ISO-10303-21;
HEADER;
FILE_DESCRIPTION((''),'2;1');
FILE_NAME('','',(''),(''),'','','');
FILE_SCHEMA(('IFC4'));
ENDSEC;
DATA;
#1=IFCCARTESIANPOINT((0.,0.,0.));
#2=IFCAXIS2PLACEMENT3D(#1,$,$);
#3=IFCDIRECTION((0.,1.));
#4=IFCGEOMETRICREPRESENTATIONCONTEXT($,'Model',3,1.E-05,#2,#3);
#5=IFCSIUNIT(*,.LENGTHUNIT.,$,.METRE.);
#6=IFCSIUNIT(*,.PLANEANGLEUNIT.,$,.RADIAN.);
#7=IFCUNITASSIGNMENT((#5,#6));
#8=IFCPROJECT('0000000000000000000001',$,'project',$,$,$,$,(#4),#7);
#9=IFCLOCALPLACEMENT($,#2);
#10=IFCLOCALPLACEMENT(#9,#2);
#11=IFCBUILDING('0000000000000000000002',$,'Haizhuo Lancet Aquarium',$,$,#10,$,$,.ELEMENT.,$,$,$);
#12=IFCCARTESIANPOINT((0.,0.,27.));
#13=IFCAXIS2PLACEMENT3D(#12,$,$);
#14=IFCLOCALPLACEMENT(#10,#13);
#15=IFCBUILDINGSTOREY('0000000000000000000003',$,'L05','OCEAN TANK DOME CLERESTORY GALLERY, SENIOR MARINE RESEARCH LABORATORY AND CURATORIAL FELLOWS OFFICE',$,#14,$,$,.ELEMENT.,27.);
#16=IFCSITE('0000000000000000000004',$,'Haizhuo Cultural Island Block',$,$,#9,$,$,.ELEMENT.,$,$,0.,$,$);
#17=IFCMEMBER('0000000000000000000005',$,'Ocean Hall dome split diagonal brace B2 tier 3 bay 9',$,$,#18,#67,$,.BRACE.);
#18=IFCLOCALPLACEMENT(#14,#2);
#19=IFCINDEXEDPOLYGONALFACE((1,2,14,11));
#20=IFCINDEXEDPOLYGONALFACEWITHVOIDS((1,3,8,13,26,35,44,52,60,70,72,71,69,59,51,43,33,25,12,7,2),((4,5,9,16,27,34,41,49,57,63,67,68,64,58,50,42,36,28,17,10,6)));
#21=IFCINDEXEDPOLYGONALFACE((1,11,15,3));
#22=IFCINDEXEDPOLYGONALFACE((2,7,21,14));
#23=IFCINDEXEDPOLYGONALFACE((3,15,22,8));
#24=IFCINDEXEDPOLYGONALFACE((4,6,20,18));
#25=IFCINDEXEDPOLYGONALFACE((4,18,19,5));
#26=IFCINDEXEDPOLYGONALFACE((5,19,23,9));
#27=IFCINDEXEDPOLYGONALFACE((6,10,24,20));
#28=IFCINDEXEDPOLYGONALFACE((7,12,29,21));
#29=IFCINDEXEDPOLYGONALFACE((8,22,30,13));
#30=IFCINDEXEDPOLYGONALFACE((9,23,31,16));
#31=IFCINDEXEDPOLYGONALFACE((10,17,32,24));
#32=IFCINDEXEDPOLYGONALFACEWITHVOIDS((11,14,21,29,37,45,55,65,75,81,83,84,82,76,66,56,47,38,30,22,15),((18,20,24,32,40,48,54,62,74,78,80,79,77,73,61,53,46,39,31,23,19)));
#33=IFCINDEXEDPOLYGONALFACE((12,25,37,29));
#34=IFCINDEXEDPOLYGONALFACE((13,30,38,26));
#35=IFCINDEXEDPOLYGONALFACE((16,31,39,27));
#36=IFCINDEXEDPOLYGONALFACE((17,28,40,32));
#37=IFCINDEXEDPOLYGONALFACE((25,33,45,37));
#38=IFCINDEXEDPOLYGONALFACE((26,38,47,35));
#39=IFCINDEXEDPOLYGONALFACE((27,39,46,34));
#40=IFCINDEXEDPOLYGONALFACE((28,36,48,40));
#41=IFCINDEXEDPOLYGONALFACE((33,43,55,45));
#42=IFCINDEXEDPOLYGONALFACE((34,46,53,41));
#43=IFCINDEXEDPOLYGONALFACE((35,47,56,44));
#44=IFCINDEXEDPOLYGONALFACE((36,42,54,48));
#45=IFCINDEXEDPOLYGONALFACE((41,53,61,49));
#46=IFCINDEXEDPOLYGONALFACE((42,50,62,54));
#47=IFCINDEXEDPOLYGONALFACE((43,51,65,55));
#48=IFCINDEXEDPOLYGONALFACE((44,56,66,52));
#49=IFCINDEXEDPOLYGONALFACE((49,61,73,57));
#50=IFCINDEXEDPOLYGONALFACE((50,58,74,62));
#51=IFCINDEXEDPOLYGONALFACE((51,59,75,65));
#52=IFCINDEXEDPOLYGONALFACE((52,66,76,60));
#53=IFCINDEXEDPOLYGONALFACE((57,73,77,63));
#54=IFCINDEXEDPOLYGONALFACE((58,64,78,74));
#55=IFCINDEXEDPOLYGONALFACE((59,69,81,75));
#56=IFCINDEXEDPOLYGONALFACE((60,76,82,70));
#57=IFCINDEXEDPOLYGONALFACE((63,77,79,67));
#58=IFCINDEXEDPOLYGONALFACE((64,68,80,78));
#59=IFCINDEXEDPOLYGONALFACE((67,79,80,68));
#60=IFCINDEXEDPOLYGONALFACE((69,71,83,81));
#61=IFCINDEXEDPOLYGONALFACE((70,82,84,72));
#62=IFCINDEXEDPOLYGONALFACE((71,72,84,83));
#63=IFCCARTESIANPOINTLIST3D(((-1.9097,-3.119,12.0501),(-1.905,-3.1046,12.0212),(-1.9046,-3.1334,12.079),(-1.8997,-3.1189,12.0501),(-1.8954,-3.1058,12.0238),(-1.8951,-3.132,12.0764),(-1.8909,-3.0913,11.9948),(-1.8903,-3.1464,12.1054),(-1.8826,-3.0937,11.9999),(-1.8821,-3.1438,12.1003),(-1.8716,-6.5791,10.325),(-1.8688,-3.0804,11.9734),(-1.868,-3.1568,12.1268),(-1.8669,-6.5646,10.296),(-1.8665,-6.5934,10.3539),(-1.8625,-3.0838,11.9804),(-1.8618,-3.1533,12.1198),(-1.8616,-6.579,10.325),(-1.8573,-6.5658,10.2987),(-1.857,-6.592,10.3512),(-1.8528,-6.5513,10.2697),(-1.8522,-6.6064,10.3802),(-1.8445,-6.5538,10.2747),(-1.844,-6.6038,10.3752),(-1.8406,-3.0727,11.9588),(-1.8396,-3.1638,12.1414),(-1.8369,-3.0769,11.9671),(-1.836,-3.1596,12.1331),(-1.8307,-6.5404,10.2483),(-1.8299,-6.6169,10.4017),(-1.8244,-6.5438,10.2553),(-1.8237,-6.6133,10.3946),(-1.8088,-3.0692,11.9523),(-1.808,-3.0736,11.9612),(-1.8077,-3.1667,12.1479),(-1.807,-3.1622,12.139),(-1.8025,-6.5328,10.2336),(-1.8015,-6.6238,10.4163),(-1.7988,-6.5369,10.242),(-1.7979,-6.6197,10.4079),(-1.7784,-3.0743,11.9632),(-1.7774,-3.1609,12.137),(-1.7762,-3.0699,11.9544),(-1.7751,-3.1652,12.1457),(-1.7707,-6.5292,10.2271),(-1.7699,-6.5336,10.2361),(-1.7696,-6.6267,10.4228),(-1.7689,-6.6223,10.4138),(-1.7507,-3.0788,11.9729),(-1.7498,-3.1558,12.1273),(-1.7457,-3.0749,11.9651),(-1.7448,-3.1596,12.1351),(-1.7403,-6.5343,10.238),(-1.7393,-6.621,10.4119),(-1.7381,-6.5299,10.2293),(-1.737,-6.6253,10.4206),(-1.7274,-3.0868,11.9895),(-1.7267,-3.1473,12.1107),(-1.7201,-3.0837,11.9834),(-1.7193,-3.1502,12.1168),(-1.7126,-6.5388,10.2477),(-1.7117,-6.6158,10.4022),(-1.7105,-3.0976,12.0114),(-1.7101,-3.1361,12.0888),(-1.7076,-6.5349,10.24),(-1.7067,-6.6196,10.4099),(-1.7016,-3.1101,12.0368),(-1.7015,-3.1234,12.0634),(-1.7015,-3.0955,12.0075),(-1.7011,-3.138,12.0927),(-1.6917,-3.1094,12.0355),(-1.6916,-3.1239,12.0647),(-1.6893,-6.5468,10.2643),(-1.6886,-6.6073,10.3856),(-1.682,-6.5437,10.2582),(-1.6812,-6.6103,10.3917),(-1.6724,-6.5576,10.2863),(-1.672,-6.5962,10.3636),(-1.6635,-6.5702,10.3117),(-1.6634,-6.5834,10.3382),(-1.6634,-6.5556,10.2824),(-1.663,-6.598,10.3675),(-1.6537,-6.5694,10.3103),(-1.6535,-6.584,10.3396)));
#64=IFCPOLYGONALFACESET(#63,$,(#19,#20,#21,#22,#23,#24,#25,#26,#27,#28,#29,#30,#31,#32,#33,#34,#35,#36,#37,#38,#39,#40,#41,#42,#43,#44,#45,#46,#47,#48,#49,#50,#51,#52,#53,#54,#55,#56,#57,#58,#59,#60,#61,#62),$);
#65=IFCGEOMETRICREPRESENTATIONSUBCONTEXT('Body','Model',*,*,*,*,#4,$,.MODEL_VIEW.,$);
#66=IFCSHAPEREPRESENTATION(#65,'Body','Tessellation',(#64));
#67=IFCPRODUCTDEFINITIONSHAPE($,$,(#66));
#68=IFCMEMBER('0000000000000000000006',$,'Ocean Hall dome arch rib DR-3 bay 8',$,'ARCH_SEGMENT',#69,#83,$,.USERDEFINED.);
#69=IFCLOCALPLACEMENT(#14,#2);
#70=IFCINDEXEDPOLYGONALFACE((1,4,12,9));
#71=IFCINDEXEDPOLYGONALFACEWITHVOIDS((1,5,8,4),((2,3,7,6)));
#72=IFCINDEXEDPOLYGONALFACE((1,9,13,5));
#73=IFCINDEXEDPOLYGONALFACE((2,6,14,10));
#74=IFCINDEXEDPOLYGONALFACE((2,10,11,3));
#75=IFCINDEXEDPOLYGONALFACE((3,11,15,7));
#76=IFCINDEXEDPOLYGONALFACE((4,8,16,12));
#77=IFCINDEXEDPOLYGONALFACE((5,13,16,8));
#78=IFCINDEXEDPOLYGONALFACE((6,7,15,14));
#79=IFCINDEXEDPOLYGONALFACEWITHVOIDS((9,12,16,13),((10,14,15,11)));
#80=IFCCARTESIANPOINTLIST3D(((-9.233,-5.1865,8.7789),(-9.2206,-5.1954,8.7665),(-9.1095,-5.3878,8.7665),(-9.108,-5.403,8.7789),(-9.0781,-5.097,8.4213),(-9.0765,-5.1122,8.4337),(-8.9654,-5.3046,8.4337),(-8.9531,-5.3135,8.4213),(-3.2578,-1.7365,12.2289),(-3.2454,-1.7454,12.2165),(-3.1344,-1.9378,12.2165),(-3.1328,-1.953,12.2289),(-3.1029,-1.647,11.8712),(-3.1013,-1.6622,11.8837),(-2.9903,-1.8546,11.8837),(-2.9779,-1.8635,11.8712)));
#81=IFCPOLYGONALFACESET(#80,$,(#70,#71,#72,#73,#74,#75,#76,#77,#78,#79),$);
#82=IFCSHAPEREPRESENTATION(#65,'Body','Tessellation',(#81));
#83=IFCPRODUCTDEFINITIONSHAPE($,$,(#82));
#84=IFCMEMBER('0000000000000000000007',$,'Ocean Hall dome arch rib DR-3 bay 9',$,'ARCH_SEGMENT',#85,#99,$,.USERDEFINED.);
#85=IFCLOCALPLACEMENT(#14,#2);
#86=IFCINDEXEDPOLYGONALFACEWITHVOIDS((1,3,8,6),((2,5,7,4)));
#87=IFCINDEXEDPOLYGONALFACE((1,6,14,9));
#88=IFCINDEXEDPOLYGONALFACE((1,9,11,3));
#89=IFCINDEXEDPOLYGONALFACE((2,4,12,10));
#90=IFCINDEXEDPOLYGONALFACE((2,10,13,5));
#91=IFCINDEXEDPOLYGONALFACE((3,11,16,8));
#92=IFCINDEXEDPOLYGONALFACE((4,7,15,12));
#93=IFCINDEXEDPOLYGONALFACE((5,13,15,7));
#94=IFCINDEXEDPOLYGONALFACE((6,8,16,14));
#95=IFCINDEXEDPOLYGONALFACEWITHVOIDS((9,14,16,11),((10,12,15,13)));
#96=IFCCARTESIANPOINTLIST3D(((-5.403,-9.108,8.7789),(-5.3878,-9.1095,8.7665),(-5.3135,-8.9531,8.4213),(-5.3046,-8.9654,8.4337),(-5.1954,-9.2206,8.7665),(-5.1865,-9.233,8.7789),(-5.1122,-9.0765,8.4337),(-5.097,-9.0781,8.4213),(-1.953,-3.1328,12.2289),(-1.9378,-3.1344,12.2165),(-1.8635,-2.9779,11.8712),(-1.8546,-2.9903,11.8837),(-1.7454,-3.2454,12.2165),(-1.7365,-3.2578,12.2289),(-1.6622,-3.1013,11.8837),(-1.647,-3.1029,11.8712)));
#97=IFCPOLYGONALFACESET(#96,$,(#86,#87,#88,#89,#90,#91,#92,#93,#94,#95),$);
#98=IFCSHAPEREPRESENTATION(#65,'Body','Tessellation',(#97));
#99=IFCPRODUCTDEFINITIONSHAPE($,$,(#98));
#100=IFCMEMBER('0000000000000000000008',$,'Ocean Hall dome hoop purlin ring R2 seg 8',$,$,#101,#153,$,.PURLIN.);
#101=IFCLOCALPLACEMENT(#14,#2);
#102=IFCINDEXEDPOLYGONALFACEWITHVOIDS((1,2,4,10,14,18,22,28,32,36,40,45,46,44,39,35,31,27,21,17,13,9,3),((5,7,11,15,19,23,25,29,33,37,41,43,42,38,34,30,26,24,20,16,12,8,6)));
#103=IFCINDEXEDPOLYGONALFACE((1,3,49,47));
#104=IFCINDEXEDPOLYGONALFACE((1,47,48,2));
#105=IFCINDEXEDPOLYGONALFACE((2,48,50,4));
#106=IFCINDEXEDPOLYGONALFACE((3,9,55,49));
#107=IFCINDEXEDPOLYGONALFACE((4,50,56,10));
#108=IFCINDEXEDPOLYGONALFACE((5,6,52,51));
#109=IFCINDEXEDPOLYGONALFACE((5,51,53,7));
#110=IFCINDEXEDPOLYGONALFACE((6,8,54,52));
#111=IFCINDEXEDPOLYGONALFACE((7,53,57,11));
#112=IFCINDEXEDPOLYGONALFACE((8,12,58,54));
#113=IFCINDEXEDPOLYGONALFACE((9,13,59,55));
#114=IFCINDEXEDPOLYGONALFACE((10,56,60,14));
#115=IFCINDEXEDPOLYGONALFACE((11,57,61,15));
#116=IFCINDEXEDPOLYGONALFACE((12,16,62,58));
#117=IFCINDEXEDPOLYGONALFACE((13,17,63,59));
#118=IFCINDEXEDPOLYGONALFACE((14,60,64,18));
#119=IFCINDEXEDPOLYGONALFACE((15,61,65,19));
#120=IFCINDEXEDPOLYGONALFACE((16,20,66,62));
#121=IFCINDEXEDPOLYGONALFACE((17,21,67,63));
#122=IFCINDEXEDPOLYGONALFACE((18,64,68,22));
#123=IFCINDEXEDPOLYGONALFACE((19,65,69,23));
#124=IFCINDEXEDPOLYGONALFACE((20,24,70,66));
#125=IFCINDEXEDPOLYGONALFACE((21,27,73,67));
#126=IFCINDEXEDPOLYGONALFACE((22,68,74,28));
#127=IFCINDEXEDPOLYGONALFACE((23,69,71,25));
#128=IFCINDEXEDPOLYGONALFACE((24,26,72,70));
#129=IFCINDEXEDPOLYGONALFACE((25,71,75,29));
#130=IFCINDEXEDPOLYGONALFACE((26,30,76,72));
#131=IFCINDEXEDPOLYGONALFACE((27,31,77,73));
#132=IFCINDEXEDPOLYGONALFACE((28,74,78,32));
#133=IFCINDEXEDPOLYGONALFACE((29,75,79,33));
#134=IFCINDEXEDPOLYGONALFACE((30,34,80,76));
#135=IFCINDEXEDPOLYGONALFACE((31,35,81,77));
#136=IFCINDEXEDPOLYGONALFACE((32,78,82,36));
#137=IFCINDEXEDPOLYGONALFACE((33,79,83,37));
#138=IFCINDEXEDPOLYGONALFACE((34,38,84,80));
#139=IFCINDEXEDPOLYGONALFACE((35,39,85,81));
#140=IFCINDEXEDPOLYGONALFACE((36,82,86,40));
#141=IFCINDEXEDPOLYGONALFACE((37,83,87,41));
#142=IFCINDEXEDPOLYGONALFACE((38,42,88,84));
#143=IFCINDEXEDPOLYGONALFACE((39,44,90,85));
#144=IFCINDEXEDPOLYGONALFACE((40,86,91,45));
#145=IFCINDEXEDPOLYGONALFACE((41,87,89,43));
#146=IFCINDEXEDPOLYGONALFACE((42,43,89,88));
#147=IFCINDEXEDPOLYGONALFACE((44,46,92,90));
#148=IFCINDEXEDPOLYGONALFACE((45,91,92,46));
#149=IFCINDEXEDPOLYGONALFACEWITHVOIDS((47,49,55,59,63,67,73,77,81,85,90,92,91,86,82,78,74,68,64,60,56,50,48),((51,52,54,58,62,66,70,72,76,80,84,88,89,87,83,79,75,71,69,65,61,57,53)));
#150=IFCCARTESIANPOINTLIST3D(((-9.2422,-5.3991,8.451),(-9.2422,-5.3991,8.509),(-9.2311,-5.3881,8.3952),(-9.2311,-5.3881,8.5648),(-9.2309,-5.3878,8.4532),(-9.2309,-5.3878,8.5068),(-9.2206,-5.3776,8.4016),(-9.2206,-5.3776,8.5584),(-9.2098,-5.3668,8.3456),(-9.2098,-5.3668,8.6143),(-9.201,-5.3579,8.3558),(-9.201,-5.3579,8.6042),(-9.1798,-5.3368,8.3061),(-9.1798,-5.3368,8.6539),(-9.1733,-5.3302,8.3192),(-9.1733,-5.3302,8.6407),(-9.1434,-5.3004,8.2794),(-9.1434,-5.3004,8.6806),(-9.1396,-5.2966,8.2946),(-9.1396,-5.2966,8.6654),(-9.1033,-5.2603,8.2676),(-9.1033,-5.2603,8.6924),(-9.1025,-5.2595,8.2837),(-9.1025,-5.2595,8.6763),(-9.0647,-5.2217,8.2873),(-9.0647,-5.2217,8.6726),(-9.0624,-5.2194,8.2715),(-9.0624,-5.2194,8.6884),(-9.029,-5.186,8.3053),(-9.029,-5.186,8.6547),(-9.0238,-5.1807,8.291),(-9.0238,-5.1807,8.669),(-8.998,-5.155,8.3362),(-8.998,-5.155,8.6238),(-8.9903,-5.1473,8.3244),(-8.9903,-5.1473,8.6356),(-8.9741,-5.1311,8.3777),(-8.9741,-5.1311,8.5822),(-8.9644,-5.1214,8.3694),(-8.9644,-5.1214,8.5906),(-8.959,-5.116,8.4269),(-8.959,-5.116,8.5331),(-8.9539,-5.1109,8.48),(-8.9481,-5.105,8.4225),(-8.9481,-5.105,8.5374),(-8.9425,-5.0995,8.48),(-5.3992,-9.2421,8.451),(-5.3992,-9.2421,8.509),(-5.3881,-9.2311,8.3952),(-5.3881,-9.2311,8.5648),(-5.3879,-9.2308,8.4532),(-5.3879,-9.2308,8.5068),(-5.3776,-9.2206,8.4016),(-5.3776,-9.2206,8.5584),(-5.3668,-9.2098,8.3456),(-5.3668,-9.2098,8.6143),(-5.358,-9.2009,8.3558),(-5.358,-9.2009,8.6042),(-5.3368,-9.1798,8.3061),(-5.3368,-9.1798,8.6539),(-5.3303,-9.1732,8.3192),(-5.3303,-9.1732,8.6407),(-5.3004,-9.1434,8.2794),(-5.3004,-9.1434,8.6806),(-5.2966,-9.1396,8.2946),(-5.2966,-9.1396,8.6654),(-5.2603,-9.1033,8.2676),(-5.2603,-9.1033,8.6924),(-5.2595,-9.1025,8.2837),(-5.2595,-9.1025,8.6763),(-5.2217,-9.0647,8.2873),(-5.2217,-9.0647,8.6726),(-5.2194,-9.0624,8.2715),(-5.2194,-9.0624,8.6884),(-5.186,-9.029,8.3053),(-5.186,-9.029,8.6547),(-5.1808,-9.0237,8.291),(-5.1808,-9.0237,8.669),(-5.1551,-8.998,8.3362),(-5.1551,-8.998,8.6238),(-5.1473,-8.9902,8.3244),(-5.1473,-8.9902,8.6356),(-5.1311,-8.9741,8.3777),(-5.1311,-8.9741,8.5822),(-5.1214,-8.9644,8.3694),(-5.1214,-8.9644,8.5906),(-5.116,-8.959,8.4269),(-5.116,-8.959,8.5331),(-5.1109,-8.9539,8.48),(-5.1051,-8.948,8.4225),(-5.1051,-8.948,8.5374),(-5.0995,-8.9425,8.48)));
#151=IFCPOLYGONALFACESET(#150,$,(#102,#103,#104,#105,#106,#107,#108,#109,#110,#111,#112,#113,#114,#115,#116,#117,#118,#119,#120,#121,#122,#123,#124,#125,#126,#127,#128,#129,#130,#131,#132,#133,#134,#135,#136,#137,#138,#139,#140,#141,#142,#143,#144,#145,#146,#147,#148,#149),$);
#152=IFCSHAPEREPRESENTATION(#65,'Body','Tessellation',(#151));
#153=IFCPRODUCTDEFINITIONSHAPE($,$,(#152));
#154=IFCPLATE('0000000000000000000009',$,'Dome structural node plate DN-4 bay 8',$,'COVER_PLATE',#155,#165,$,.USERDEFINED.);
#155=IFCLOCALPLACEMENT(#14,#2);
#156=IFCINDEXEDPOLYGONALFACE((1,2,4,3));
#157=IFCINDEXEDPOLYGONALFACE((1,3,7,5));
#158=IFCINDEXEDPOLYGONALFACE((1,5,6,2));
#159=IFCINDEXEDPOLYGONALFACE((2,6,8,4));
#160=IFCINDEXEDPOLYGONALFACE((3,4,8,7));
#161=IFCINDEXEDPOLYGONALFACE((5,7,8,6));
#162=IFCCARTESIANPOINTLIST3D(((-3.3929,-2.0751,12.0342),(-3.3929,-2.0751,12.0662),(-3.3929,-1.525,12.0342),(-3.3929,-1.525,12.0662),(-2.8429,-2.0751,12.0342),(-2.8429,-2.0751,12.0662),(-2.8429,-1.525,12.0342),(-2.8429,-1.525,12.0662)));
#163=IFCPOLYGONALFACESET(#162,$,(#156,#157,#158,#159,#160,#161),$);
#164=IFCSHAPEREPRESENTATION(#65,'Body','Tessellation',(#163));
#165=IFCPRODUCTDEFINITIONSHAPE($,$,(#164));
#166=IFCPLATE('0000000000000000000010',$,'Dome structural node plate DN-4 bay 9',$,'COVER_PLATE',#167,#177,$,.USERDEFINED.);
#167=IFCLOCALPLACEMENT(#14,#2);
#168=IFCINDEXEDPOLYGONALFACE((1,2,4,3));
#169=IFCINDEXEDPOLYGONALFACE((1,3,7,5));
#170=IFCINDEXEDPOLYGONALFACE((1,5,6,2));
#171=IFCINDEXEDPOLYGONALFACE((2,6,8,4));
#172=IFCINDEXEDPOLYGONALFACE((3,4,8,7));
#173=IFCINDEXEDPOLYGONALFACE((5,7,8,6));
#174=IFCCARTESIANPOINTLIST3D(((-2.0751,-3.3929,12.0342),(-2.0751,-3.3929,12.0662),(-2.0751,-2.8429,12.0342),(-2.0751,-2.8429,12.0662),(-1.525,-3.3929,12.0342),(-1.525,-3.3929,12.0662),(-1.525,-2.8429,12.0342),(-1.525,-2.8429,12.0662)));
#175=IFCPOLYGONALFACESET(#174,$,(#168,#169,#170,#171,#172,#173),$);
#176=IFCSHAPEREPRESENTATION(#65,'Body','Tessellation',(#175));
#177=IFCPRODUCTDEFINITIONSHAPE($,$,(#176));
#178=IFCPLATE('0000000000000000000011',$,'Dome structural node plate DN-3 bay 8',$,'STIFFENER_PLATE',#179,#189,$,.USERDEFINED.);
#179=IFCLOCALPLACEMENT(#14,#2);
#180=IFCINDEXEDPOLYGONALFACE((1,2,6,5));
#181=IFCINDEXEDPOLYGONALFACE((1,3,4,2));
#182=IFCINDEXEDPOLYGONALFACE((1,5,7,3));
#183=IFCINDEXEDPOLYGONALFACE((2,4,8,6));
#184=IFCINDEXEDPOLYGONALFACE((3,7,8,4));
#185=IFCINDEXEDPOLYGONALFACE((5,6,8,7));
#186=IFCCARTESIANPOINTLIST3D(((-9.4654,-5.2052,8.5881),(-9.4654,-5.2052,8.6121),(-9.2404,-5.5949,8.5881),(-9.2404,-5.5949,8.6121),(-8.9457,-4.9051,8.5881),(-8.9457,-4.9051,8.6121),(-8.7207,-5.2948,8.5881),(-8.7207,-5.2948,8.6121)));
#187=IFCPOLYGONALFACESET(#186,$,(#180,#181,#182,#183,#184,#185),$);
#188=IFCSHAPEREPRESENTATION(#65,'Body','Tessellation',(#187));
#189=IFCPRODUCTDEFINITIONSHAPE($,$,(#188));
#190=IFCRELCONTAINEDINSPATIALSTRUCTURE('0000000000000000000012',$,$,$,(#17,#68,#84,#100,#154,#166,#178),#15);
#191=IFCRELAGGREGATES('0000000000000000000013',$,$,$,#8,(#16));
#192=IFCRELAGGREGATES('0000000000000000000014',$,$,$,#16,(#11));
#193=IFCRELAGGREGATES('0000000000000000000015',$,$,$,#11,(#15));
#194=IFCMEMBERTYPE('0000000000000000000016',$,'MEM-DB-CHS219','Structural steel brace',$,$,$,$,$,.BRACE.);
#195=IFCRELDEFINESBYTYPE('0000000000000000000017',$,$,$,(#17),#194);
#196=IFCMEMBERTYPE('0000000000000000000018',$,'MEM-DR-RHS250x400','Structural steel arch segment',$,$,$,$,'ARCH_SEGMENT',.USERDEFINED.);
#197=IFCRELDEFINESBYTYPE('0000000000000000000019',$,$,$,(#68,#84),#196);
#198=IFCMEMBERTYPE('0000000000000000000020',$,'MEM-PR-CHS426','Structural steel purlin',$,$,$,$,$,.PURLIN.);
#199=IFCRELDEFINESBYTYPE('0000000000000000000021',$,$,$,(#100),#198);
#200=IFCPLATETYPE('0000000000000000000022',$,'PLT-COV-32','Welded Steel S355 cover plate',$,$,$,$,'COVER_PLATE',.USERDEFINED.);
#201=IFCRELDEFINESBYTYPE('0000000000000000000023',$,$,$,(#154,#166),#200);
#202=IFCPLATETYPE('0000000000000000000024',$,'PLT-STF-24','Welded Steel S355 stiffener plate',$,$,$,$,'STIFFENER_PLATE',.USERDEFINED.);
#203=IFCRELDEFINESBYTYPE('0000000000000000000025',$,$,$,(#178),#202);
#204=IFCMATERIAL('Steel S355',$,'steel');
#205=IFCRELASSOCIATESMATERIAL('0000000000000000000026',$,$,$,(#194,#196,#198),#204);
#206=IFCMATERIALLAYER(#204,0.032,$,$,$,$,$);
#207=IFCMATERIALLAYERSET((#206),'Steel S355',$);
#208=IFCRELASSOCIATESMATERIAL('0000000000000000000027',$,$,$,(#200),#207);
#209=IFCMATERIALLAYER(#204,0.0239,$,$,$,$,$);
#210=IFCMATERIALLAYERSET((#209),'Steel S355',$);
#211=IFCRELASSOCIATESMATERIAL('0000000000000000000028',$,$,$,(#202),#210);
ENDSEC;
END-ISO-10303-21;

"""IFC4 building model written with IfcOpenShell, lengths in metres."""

from ifc_helpers import new_model, si_unit, direction, frame, origin, origin_2d, place, context, subcontext, project, spatial, rectangle, hollow_rectangle, hollow_circle, extrude, material, layer, layer_set, material_profile, profile_set, type_object, element, save


model = new_model("IFC4")

# Units and contexts
model_context = context("Model", 3, precision=1e-05, world=origin(), true_north=direction((0.0, 1.0)))
body_context = subcontext(model_context, "Body", "Model", "MODEL_VIEW")
ifc_project = project(units=[si_unit("LENGTHUNIT", "METRE"), si_unit("PLANEANGLEUNIT", "RADIAN")], contexts=[model_context])

# Site, building, storey
site_placement = place(None, origin())
site = spatial("IfcSite", under=ifc_project, at=site_placement, Name="Haizhuo Cultural Island Block", CompositionType="ELEMENT", RefElevation=0.0)
building_placement = place(site_placement, origin())
building = spatial("IfcBuilding", under=site, at=building_placement, Name="Haizhuo Lancet Aquarium", CompositionType="ELEMENT")
storey_placement = place(building_placement, frame((0.0, 0.0, 27.0)))
storey = spatial("IfcBuildingStorey", under=building, at=storey_placement, Name="L05", Description="OCEAN TANK DOME CLERESTORY GALLERY, SENIOR MARINE RESEARCH LABORATORY AND CURATORIAL FELLOWS OFFICE", CompositionType="ELEMENT", Elevation=27.0)

# Shared definitions
ifc_material_1 = material(Name="Steel S355", Category="steel")

# Members
ifc_material_profile_1 = material_profile(ifc_material_1, hollow_circle(Radius=0.1096, WallThickness=0.01, at=origin_2d()), Name="CHS 219x10")
ifc_profile_set_1 = profile_set([ifc_material_profile_1], Name="Steel S355")
member_type_1 = type_object("IfcMemberType", Name="MEM-DB-CHS219", Description="Structural steel brace", PredefinedType="BRACE", material=ifc_profile_set_1)
member_1_placement = place(storey_placement, frame((-1.762, -6.5779, 10.325), z_axis=(-0.009851, 0.894888, 0.446181), x_axis=(-0.999939, -0.011007, 0.0)))
element("IfcMember", 1, at=member_1_placement, inside=storey, type_object=member_type_1, Name="Ocean Hall dome split diagonal brace B2 tier 3 bay 9", PredefinedType="BRACE", context=body_context, shape_type="SweptSolid", body=[
    extrude(hollow_circle(Radius=0.1096, WallThickness=0.01, at=origin_2d()), origin(), (0.0, 0.0, 1.0), 3.8665),
])
ifc_material_profile_2 = material_profile(ifc_material_1, hollow_rectangle(XDim=0.25, YDim=0.3999, WallThickness=0.0139, at=origin_2d()), Name="RHS 250x400x14")
ifc_profile_set_2 = profile_set([ifc_material_profile_2], Name="Steel S355")
member_type_2 = type_object("IfcMemberType", Name="MEM-DR-RHS250x400", Description="Structural steel arch segment", ElementType="ARCH_SEGMENT", PredefinedType="USERDEFINED", material=ifc_profile_set_2)
for number, where, z_axis, x_axis, name in (
    (2, (-9.093, -5.25, 8.6001), (0.774576, 0.447231, 0.447231), (-0.500025, 0.866011, 0.0), "Ocean Hall dome arch rib DR-3 bay 8"),
    (3, (-5.25, -9.093, 8.6001), (0.447231, 0.774576, 0.447231), (-0.866011, 0.500025, 0.0), "Ocean Hall dome arch rib DR-3 bay 9"),
):
    element("IfcMember", number, at=place(storey_placement, frame(where, z_axis=z_axis, x_axis=x_axis)), inside=storey, type_object=member_type_2, Name=name, ObjectType="ARCH_SEGMENT", PredefinedType="USERDEFINED", context=body_context, shape_type="SweptSolid", body=[
        extrude(hollow_rectangle(XDim=0.25, YDim=0.3999, WallThickness=0.0139, at=origin_2d()), origin(), (0.0, 0.0, 1.0), 7.7141),
    ])
ifc_material_profile_3 = material_profile(ifc_material_1, hollow_circle(Radius=0.2129, WallThickness=0.0161, at=origin_2d()), Name="CHS 426x16")
ifc_profile_set_3 = profile_set([ifc_material_profile_3], Name="Steel S355")
member_type_3 = type_object("IfcMemberType", Name="MEM-PR-CHS426", Description="Structural steel purlin", PredefinedType="PURLIN", material=ifc_profile_set_3)
member_2_placement = place(storey_placement, frame((-9.093, -5.25, 8.48), z_axis=(0.707107, -0.707107, 0.0), x_axis=(0.707107, 0.707107, 0.0)))
element("IfcMember", 4, at=member_2_placement, inside=storey, type_object=member_type_3, Name="Ocean Hall dome hoop purlin ring R2 seg 8", PredefinedType="PURLIN", context=body_context, shape_type="SweptSolid", body=[
    extrude(hollow_circle(Radius=0.2129, WallThickness=0.0161, at=origin_2d()), origin(), (0.0, 0.0, 1.0), 5.4348),
])

# Plates
ifc_layer_1 = layer(ifc_material_1, 0.032)
ifc_layer_set_1 = layer_set([ifc_layer_1], Name="Steel S355")
plate_type_1 = type_object("IfcPlateType", Name="PLT-COV-32", Description="Welded Steel S355 cover plate", ElementType="COVER_PLATE", PredefinedType="USERDEFINED", material=ifc_layer_set_1)
for number, where, z_axis, x_axis, name in (
    (5, (-3.1179, -1.8, 12.0342), (0.0, 0.0, 1.0), (1.0, 0.0, 0.0), "Dome structural node plate DN-4 bay 8"),
    (6, (-1.8, -3.1179, 12.0342), (0.0, 0.0, 1.0), (1.0, 0.0, 0.0), "Dome structural node plate DN-4 bay 9"),
):
    element("IfcPlate", number, at=place(storey_placement, frame(where, z_axis=z_axis, x_axis=x_axis)), inside=storey, type_object=plate_type_1, Name=name, ObjectType="COVER_PLATE", PredefinedType="USERDEFINED", context=body_context, shape_type="SweptSolid", body=[
        extrude(rectangle(XDim=0.55, YDim=0.55, at=origin_2d()), origin(), (0.0, 0.0, 1.0), 0.032),
    ])
ifc_layer_2 = layer(ifc_material_1, 0.0239)
ifc_layer_set_2 = layer_set([ifc_layer_2], Name="Steel S355")
plate_type_2 = type_object("IfcPlateType", Name="PLT-STF-24", Description="Welded Steel S355 stiffener plate", ElementType="STIFFENER_PLATE", PredefinedType="USERDEFINED", material=ifc_layer_set_2)
for number, where, z_axis, x_axis, name in (
    (7, (-9.093, -5.25, 8.5881), (0.0, 0.0, 1.0), (-0.866025, -0.5, 0.0), "Dome structural node plate DN-3 bay 8"),
):
    element("IfcPlate", number, at=place(storey_placement, frame(where, z_axis=z_axis, x_axis=x_axis)), inside=storey, type_object=plate_type_2, Name=name, ObjectType="STIFFENER_PLATE", PredefinedType="USERDEFINED", context=body_context, shape_type="SweptSolid", body=[
        extrude(rectangle(XDim=0.6001, YDim=0.45, at=origin_2d()), origin(), (0.0, 0.0, 1.0), 0.0239),
    ])

save(model, "model.ifc")
